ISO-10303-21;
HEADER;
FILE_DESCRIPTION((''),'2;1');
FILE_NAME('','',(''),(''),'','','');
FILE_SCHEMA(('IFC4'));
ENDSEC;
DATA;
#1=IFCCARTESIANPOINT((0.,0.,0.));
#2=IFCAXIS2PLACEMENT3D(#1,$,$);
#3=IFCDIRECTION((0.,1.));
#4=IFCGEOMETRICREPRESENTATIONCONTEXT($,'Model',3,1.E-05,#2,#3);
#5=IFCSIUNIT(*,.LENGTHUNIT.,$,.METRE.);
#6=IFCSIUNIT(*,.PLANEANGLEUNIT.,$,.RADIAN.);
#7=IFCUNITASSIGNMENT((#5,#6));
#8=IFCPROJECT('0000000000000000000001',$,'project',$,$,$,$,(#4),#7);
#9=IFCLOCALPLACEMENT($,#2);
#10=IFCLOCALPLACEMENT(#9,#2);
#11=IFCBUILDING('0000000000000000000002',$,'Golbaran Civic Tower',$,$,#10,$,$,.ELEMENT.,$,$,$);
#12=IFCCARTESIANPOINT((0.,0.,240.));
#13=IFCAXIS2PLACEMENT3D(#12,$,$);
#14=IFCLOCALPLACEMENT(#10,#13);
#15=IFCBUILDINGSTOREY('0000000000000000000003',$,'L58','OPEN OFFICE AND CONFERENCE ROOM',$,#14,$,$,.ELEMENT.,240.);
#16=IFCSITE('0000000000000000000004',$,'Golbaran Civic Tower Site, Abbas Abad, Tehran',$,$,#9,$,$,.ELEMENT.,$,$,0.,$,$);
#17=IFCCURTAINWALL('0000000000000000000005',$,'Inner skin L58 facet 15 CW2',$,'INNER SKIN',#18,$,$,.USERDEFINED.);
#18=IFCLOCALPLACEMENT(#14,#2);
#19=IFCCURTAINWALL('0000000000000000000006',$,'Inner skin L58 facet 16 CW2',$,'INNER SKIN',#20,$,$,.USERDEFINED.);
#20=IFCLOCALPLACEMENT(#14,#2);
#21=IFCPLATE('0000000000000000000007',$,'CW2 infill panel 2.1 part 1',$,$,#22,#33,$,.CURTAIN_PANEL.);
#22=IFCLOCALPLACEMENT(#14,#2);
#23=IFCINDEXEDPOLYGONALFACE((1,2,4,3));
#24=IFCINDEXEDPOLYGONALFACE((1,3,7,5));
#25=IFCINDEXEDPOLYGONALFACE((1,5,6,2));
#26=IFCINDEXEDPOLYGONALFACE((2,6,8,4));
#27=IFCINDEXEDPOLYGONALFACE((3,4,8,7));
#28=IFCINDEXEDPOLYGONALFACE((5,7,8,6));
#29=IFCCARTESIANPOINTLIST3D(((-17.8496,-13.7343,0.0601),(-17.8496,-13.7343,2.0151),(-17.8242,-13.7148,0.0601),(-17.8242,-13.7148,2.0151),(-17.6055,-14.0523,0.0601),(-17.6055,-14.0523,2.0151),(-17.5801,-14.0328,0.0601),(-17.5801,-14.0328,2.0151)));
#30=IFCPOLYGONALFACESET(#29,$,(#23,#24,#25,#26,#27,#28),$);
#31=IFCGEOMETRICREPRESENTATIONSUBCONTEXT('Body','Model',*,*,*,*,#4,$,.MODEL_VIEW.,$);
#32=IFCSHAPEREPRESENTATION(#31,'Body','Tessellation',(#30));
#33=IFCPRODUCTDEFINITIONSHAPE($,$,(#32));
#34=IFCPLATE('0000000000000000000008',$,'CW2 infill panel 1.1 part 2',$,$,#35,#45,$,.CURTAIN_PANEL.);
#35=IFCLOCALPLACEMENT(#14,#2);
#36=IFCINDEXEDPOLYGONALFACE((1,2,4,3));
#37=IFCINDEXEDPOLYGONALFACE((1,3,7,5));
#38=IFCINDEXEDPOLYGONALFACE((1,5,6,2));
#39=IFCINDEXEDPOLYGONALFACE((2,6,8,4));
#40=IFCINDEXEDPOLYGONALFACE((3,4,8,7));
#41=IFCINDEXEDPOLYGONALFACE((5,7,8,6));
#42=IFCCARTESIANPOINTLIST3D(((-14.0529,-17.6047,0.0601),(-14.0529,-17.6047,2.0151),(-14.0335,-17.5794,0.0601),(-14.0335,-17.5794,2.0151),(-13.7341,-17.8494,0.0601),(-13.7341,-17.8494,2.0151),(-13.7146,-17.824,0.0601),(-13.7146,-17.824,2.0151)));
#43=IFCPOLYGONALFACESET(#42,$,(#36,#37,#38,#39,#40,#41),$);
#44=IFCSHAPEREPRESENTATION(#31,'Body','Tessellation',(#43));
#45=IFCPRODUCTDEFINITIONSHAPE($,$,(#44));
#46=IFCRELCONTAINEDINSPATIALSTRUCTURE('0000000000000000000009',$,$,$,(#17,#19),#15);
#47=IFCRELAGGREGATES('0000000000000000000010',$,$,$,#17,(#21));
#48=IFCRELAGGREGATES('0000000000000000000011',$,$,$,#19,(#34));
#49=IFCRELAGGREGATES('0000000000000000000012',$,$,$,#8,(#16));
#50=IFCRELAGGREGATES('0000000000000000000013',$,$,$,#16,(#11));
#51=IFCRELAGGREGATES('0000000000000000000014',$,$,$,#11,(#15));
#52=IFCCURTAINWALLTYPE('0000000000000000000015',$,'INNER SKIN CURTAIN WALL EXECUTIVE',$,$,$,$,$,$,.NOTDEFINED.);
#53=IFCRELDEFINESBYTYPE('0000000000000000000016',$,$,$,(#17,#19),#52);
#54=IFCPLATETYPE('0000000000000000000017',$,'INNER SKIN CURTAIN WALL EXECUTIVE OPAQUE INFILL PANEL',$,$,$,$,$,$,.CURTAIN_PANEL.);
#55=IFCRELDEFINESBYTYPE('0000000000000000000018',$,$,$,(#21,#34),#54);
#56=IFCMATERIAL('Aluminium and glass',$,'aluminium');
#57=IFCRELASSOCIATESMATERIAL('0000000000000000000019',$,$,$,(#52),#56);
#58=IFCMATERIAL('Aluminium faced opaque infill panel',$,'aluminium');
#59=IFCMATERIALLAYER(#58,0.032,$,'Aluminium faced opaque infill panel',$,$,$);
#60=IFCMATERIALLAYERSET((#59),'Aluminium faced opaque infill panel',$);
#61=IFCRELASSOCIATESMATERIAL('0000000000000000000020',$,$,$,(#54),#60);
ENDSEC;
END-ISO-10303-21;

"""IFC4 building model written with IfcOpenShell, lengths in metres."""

from ifc_helpers import new_model, si_unit, direction, frame, origin, origin_2d, place, context, subcontext, project, spatial, rectangle, extrude, material, layer, layer_set, type_object, element, aggregate, save


model = new_model("IFC4")

# Units and contexts
model_context = context("Model", 3, precision=1e-05, world=origin(), true_north=direction((0.0, 1.0)))
body_context = subcontext(model_context, "Body", "Model", "MODEL_VIEW")
ifc_project = project(units=[si_unit("LENGTHUNIT", "METRE"), si_unit("PLANEANGLEUNIT", "RADIAN")], contexts=[model_context])

# Site, building, storey
site_placement = place(None, origin())
site = spatial("IfcSite", under=ifc_project, at=site_placement, Name="Golbaran Civic Tower Site, Abbas Abad, Tehran", CompositionType="ELEMENT", RefElevation=0.0)
building_placement = place(site_placement, origin())
building = spatial("IfcBuilding", under=site, at=building_placement, Name="Golbaran Civic Tower", CompositionType="ELEMENT")
storey_placement = place(building_placement, frame((0.0, 0.0, 240.0)))
storey = spatial("IfcBuildingStorey", under=building, at=storey_placement, Name="L58", Description="OPEN OFFICE AND CONFERENCE ROOM", CompositionType="ELEMENT", Elevation=240.0)

# Shared definitions
ifc_material_1 = material(Name="Aluminium and glass", Category="aluminium")
curtain_wall_type = type_object("IfcCurtainWallType", Name="INNER SKIN CURTAIN WALL EXECUTIVE", PredefinedType="NOTDEFINED", material=ifc_material_1)

# Curtain walls
curtain_wall_1_placement = place(storey_placement, origin())
curtain_wall_1 = element("IfcCurtainWall", 1, at=curtain_wall_1_placement, inside=storey, type_object=curtain_wall_type, Name="Inner skin L58 facet 15 CW2", ObjectType="INNER SKIN", PredefinedType="USERDEFINED")
curtain_wall_2_placement = place(storey_placement, origin())
curtain_wall_2 = element("IfcCurtainWall", 2, at=curtain_wall_2_placement, inside=storey, type_object=curtain_wall_type, Name="Inner skin L58 facet 16 CW2", ObjectType="INNER SKIN", PredefinedType="USERDEFINED")

# Plates
ifc_material_2 = material(Name="Aluminium faced opaque infill panel", Category="aluminium")
ifc_layer_1 = layer(ifc_material_2, 0.032, Name="Aluminium faced opaque infill panel")
ifc_layer_set_1 = layer_set([ifc_layer_1], Name="Aluminium faced opaque infill panel")
plate_type_1 = type_object("IfcPlateType", Name="INNER SKIN CURTAIN WALL EXECUTIVE OPAQUE INFILL PANEL", PredefinedType="CURTAIN_PANEL", material=ifc_layer_set_1)
plate_1_placement = place(storey_placement, frame((-17.7148, -13.8835, 0.0601), z_axis=(0.0, 0.0, 1.0), x_axis=(0.608761, -0.793353, 0.0)))
plate_1 = element("IfcPlate", 3, at=plate_1_placement, type_object=plate_type_1, Name="CW2 infill panel 2.1 part 1", PredefinedType="CURTAIN_PANEL", context=body_context, shape_type="SweptSolid", body=[
    extrude(rectangle(XDim=0.4009, YDim=0.032, at=origin_2d()), origin(), (0.0, 0.0, 1.0), 1.9551),
])
aggregate(curtain_wall_1, [plate_1])
plate_2_placement = place(storey_placement, frame((-13.8838, -17.7144, 0.0601), z_axis=(0.0, 0.0, 1.0), x_axis=(0.793353, -0.608761, 0.0)))
plate_2 = element("IfcPlate", 4, at=plate_2_placement, type_object=plate_type_1, Name="CW2 infill panel 1.1 part 2", PredefinedType="CURTAIN_PANEL", context=body_context, shape_type="SweptSolid", body=[
    extrude(rectangle(XDim=0.4019, YDim=0.032, at=origin_2d()), origin(), (0.0, 0.0, 1.0), 1.9551),
])
aggregate(curtain_wall_2, [plate_2])

save(model, "model.ifc")
